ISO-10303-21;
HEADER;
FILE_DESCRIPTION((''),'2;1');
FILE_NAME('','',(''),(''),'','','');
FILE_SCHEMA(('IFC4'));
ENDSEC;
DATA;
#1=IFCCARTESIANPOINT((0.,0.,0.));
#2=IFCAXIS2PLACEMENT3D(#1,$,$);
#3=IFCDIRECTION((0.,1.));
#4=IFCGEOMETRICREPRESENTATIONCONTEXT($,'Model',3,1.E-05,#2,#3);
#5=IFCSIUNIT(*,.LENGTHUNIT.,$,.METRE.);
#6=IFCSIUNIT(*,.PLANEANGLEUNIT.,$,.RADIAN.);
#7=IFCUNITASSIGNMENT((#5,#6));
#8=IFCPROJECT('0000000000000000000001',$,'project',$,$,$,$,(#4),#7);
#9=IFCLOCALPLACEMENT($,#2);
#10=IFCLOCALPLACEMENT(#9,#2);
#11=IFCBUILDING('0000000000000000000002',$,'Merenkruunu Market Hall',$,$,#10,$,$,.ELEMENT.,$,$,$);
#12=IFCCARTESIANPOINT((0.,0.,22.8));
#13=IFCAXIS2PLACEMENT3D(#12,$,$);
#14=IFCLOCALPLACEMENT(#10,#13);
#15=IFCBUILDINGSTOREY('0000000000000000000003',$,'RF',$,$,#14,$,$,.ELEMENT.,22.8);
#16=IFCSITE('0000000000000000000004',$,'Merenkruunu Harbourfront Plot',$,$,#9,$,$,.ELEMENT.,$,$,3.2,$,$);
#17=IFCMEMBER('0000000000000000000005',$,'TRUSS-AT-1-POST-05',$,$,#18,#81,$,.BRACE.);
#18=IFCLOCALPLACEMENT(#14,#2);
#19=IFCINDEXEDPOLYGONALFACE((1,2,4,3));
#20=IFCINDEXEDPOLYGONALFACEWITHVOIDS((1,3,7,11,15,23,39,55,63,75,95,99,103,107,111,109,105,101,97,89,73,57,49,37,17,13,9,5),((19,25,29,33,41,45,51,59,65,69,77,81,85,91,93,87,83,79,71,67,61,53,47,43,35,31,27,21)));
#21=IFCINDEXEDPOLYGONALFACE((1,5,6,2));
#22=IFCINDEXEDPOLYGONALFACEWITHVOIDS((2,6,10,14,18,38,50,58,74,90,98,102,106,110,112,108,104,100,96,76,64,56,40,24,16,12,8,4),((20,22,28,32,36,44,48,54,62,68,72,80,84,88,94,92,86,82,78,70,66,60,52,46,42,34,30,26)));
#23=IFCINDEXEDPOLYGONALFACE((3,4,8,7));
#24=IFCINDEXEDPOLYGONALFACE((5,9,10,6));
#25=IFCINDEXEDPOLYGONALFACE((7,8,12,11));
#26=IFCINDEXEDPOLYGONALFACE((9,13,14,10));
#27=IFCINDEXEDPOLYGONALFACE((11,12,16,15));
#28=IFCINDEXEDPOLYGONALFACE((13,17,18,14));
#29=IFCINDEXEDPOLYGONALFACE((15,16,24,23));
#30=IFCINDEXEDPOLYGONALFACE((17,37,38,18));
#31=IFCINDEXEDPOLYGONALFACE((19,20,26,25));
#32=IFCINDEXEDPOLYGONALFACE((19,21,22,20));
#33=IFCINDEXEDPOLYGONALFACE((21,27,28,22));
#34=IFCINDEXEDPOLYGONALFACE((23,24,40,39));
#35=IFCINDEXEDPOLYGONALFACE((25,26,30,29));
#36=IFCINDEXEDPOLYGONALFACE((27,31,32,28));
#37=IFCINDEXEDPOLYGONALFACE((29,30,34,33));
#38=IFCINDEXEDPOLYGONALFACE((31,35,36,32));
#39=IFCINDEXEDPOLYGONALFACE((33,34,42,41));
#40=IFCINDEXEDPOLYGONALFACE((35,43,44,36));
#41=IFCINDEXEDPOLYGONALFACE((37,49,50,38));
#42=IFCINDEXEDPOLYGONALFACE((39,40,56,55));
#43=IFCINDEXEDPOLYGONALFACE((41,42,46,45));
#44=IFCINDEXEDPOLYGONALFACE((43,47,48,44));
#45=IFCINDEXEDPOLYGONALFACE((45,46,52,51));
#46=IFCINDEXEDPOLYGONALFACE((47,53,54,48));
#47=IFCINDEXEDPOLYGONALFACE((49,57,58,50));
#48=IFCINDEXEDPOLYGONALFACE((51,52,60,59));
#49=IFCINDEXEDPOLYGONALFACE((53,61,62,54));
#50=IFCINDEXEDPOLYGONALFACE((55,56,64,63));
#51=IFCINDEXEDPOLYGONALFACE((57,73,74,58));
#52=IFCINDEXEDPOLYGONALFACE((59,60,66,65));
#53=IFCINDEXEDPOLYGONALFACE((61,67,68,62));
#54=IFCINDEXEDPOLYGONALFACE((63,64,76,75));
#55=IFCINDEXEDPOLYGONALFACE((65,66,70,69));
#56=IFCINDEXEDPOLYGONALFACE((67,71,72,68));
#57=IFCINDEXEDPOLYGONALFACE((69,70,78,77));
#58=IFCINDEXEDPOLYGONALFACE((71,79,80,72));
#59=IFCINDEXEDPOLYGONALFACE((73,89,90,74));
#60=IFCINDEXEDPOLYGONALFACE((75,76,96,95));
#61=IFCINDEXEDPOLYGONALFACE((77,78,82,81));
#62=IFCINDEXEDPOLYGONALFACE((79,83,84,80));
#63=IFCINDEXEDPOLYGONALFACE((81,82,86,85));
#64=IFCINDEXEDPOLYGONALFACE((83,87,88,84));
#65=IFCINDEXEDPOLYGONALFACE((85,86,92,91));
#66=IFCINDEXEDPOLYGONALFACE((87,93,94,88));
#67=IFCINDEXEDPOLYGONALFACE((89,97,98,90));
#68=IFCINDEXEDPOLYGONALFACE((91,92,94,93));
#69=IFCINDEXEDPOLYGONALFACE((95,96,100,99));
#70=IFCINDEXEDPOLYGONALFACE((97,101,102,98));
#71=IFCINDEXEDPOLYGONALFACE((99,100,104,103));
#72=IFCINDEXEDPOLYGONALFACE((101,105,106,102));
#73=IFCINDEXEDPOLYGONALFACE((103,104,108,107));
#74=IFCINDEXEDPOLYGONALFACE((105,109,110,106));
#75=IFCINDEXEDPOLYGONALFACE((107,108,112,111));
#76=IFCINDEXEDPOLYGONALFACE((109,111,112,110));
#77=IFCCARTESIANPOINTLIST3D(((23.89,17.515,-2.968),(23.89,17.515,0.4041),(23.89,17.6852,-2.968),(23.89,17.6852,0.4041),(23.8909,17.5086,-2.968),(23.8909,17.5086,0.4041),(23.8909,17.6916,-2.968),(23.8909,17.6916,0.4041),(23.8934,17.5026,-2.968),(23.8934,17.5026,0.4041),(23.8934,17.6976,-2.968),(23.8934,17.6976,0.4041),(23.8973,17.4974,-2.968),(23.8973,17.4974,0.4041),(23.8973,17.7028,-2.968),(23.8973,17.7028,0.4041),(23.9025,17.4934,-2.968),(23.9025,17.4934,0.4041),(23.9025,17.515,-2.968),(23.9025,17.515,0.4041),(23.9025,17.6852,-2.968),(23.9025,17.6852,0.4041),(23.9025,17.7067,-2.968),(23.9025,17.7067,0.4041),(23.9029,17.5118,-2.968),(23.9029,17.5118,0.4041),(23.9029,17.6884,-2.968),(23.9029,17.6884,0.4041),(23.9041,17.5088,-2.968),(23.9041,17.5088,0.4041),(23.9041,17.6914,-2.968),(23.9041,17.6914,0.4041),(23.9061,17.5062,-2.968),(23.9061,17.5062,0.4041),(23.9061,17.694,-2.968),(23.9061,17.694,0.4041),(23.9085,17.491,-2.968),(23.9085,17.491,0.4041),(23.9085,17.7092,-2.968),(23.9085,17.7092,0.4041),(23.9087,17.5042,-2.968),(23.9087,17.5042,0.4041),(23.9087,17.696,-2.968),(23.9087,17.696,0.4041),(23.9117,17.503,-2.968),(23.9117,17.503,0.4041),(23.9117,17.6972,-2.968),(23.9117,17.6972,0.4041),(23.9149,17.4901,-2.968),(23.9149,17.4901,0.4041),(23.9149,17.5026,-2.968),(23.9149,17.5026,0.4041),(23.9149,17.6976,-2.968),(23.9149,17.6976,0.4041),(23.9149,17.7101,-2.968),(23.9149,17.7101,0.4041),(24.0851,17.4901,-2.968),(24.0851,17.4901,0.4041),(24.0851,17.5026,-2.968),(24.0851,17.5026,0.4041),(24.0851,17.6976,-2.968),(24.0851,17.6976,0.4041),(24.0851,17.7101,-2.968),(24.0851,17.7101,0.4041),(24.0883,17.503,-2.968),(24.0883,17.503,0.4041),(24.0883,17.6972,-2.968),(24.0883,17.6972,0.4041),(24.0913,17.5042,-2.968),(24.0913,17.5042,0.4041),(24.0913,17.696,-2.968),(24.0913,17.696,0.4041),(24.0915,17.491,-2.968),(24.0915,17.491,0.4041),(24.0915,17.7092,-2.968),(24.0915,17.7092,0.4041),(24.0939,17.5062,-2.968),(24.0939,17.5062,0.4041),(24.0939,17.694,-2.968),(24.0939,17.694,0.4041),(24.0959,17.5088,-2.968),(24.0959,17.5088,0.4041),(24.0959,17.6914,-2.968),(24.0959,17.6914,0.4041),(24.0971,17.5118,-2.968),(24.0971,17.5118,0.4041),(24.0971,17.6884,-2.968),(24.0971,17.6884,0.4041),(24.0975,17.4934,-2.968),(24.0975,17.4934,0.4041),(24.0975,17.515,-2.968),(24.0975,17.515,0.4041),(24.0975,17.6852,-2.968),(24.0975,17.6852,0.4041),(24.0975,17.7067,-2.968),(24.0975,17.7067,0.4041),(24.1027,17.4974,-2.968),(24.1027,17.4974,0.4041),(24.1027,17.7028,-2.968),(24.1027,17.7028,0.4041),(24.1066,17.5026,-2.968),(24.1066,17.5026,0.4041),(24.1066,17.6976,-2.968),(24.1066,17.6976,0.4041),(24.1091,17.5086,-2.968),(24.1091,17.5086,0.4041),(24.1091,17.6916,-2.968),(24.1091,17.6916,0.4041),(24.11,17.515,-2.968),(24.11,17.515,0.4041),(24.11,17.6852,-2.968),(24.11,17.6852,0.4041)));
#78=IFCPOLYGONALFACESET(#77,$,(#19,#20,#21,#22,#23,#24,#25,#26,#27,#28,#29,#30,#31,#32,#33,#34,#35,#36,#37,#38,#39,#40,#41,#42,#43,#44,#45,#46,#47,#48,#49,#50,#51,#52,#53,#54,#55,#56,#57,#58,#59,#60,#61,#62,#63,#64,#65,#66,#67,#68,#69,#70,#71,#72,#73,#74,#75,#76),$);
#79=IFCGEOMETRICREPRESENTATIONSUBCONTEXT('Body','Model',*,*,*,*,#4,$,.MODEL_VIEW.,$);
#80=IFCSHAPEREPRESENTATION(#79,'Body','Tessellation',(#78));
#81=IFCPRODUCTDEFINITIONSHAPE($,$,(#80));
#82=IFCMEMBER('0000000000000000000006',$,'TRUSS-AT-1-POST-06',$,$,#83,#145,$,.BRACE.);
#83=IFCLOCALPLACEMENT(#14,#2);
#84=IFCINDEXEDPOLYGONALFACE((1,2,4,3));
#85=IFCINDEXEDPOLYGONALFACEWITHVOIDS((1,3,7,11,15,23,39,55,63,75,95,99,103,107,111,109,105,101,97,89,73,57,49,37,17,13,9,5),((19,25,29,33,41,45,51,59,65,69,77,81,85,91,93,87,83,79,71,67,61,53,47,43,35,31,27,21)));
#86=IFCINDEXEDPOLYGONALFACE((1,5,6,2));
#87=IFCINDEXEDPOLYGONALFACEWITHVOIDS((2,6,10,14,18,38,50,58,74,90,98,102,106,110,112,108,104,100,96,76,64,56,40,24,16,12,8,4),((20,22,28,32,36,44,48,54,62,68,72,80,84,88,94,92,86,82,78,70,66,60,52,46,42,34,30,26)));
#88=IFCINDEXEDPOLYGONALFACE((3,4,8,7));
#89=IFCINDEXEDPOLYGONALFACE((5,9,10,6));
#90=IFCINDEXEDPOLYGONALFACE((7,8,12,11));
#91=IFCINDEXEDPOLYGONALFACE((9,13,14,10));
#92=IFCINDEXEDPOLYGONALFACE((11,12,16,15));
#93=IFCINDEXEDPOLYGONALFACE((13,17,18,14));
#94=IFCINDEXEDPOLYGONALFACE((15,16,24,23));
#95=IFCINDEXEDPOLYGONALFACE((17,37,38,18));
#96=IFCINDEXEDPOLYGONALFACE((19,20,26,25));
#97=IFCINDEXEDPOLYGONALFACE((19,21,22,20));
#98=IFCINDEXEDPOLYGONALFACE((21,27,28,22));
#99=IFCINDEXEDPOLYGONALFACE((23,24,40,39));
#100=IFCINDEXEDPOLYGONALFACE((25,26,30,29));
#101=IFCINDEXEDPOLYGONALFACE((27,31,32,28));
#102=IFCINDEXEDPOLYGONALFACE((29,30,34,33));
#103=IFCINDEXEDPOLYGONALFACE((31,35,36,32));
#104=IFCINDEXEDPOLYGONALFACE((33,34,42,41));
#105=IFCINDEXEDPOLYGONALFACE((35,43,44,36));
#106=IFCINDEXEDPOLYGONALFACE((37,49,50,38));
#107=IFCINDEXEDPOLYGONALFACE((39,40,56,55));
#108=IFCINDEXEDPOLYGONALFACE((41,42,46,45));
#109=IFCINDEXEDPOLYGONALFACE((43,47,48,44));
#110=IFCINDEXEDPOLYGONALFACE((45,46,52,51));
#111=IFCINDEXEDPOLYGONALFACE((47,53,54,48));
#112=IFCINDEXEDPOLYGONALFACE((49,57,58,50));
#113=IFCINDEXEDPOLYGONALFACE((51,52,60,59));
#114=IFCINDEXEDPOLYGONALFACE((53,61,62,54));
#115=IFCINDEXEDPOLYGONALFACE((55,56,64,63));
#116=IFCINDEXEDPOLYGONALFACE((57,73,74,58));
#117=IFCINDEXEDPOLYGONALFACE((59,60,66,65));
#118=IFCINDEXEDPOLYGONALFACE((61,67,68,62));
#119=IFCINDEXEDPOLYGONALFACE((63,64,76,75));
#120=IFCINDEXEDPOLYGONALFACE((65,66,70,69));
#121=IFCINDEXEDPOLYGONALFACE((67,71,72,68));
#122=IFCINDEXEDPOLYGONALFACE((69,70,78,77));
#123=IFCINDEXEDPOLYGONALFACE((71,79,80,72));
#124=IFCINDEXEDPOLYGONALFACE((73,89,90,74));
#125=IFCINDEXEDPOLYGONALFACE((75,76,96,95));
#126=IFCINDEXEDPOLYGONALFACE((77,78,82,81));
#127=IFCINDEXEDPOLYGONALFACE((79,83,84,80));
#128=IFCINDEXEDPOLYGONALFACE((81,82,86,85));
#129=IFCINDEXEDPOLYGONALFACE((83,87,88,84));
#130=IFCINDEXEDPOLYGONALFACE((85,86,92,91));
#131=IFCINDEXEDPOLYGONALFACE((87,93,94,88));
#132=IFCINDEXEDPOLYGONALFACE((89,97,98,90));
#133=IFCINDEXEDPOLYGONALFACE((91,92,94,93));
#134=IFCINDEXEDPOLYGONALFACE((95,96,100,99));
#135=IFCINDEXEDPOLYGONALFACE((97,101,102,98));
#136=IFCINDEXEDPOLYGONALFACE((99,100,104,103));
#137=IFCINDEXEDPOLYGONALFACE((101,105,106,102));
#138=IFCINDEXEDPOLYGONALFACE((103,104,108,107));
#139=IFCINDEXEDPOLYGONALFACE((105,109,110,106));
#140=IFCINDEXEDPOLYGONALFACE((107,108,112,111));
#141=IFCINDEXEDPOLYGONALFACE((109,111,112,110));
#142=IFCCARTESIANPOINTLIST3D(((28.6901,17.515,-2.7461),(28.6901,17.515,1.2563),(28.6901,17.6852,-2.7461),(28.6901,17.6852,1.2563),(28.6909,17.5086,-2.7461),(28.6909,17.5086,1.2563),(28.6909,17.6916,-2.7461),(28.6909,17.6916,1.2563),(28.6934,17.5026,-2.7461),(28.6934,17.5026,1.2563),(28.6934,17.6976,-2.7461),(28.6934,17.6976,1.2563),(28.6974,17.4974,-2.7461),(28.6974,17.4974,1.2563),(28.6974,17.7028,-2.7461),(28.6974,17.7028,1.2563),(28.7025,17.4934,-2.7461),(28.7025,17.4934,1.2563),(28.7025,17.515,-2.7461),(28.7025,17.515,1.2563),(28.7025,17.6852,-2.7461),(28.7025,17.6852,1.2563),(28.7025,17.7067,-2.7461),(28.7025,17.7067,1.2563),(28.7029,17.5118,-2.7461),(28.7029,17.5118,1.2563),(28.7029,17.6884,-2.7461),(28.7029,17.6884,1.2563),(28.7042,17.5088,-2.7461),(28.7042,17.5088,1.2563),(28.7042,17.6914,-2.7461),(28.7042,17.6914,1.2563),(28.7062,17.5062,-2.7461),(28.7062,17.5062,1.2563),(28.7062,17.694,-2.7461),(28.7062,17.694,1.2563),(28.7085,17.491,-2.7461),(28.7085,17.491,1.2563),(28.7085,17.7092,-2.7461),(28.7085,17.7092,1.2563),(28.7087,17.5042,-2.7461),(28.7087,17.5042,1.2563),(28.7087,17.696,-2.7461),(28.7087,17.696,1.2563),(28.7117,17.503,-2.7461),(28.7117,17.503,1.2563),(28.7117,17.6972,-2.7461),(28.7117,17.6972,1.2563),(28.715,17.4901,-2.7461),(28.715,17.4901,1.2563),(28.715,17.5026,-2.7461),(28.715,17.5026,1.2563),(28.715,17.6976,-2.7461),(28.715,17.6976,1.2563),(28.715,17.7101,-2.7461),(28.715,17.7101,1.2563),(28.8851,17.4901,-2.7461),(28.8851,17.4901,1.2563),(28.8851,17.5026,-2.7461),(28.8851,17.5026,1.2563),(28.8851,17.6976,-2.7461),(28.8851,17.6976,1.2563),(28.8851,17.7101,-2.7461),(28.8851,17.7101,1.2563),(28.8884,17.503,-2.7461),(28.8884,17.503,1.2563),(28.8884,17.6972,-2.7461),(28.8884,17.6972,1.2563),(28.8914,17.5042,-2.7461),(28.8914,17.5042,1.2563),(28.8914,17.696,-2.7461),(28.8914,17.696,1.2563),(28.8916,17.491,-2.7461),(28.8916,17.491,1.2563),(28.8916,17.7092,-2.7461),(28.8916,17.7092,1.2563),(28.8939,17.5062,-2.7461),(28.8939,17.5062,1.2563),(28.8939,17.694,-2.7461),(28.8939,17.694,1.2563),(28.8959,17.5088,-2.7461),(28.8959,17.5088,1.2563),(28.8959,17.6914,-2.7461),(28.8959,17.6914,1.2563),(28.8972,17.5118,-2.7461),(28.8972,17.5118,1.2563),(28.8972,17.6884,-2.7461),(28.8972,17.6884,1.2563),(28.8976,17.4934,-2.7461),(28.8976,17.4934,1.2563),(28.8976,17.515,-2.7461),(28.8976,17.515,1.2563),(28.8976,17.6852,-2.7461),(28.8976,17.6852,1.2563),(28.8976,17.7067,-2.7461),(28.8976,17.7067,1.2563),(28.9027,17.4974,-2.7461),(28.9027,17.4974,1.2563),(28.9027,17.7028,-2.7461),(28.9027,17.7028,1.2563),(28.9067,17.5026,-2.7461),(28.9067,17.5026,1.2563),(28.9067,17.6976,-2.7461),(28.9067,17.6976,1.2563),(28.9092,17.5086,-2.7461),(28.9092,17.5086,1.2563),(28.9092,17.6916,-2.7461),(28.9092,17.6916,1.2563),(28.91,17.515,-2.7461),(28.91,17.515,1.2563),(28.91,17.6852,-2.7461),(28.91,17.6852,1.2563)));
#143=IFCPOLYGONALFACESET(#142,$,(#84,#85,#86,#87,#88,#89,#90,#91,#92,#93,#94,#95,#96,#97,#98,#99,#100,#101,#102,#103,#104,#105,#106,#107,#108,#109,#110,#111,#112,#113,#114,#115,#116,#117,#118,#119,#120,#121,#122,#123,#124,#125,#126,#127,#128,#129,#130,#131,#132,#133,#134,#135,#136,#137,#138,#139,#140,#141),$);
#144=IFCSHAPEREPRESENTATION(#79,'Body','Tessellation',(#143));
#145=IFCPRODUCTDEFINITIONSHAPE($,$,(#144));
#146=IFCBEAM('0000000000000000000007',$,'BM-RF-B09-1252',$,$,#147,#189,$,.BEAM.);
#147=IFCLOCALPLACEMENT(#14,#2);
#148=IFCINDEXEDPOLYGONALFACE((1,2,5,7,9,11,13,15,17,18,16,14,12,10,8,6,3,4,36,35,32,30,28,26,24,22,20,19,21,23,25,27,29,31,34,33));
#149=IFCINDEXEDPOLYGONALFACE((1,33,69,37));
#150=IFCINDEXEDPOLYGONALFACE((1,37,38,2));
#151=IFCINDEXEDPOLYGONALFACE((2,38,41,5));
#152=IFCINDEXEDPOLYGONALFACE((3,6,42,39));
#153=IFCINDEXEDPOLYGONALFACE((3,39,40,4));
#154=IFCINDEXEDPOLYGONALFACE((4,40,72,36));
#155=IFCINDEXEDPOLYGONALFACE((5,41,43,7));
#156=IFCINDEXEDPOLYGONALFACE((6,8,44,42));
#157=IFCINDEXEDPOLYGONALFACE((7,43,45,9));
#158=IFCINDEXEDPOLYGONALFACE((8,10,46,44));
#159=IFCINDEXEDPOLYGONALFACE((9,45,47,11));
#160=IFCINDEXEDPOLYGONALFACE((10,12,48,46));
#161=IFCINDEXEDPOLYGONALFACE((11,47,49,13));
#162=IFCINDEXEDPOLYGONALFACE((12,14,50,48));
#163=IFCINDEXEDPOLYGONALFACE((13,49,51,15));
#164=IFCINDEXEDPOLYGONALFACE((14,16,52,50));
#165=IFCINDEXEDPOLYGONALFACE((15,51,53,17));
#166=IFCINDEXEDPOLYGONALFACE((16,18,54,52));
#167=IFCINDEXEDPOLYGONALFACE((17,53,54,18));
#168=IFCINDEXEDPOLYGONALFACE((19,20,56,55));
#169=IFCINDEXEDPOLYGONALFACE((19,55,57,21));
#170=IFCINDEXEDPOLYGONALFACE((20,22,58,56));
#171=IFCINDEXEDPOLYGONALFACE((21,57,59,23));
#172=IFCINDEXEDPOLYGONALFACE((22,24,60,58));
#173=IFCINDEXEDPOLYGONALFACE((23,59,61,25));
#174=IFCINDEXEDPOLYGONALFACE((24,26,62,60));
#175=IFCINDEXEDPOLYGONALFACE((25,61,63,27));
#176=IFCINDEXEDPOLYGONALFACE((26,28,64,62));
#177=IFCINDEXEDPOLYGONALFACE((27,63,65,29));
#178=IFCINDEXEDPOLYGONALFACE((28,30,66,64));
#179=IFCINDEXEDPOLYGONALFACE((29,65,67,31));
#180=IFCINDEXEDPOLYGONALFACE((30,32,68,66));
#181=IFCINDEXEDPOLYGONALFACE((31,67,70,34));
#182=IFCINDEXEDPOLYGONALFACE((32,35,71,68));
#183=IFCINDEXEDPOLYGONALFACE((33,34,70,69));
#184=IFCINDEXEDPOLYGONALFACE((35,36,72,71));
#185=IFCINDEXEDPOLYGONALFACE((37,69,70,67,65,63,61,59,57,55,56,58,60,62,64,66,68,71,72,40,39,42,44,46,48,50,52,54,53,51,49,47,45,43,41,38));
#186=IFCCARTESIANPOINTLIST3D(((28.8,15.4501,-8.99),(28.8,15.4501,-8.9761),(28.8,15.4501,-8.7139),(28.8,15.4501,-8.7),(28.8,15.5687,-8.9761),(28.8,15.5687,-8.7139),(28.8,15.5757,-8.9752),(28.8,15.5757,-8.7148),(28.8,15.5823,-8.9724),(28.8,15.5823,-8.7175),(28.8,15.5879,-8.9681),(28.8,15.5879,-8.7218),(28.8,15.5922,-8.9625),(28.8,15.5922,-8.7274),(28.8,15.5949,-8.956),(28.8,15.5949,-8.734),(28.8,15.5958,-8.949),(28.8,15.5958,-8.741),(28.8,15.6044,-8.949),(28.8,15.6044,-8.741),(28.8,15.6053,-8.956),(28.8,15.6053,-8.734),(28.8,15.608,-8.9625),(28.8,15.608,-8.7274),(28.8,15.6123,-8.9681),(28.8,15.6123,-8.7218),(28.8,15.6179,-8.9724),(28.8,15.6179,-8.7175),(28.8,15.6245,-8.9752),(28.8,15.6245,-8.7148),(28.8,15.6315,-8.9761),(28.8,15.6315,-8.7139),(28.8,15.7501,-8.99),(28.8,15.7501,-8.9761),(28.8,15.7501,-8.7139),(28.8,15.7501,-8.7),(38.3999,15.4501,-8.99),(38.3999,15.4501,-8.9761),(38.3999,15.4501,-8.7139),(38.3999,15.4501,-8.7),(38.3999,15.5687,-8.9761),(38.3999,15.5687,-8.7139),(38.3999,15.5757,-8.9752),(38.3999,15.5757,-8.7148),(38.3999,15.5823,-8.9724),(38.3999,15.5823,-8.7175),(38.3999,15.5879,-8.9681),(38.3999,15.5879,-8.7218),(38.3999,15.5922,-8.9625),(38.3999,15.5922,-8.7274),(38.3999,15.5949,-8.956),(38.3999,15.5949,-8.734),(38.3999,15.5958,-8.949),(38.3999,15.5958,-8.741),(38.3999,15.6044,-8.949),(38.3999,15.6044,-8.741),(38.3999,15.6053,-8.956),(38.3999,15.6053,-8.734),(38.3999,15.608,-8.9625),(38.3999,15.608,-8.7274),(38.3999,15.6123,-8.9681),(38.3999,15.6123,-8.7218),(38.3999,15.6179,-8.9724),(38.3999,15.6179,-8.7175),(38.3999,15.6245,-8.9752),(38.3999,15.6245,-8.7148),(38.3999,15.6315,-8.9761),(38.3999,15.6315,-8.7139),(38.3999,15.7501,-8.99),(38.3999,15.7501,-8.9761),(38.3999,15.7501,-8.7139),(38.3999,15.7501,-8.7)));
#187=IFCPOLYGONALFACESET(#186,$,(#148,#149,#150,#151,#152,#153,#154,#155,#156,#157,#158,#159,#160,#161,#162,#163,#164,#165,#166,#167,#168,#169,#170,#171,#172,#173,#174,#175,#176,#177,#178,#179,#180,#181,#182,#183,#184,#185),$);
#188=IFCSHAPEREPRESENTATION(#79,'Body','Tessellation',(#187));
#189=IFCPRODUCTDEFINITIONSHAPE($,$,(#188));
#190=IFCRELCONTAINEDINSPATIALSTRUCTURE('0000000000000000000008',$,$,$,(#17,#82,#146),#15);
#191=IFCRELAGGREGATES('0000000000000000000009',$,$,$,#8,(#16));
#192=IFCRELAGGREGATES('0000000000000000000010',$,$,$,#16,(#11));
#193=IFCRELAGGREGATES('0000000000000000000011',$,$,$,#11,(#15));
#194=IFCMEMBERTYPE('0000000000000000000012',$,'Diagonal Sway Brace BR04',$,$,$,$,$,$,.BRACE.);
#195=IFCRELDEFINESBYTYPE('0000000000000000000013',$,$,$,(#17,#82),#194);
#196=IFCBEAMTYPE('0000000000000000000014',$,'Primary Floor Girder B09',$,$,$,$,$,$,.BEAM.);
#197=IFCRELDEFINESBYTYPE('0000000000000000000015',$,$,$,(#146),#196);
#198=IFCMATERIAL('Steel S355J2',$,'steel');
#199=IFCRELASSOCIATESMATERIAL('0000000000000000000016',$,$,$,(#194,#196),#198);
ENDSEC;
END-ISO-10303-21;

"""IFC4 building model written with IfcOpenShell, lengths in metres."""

from ifc_helpers import new_model, si_unit, direction, frame, origin, origin_2d, place, context, subcontext, project, spatial, hollow_rectangle, i_section, extrude, material, material_profile, profile_set, type_object, element, save


model = new_model("IFC4")

# Units and contexts
model_context = context("Model", 3, precision=1e-05, world=origin(), true_north=direction((0.0, 1.0)))
body_context = subcontext(model_context, "Body", "Model", "MODEL_VIEW")
ifc_project = project(units=[si_unit("LENGTHUNIT", "METRE"), si_unit("PLANEANGLEUNIT", "RADIAN")], contexts=[model_context])

# Site, building, storey
site_placement = place(None, origin())
site = spatial("IfcSite", under=ifc_project, at=site_placement, Name="Merenkruunu Harbourfront Plot", CompositionType="ELEMENT", RefElevation=3.2)
building_placement = place(site_placement, origin())
building = spatial("IfcBuilding", under=site, at=building_placement, Name="Merenkruunu Market Hall", CompositionType="ELEMENT")
storey_placement = place(building_placement, frame((0.0, 0.0, 22.8)))
storey = spatial("IfcBuildingStorey", under=building, at=storey_placement, Name="RF", CompositionType="ELEMENT", Elevation=22.8)

# Members
ifc_material_1 = material(Name="Steel S355J2", Category="steel")
ifc_material_profile_1 = material_profile(ifc_material_1, hollow_rectangle(XDim=0.22, YDim=0.22, WallThickness=0.0125, InnerFilletRadius=0.0125, OuterFilletRadius=0.0249, at=origin_2d()), Name="SHS 220x220x12.5")
ifc_profile_set_1 = profile_set([ifc_material_profile_1], Name="Steel S355J2")
member_type_1 = type_object("IfcMemberType", Name="Diagonal Sway Brace BR04", PredefinedType="BRACE", material=ifc_profile_set_1)
member_1_placement = place(storey_placement, frame((24.0, 17.6001, -2.968), z_axis=(0.0, 0.0, 1.0), x_axis=(1.0, 0.0, 0.0)))
element("IfcMember", 1, at=member_1_placement, inside=storey, type_object=member_type_1, Name="TRUSS-AT-1-POST-05", PredefinedType="BRACE", context=body_context, shape_type="SweptSolid", body=[
    extrude(hollow_rectangle(XDim=0.22, YDim=0.22, WallThickness=0.0125, InnerFilletRadius=0.0125, OuterFilletRadius=0.0249, at=origin_2d()), origin(), (0.0, 0.0, 1.0), 3.3721),
])
member_2_placement = place(storey_placement, frame((28.8, 17.6001, -2.7461), z_axis=(0.0, 0.0, 1.0), x_axis=(1.0, 0.0, 0.0)))
element("IfcMember", 2, at=member_2_placement, inside=storey, type_object=member_type_1, Name="TRUSS-AT-1-POST-06", PredefinedType="BRACE", context=body_context, shape_type="SweptSolid", body=[
    extrude(hollow_rectangle(XDim=0.22, YDim=0.22, WallThickness=0.0125, InnerFilletRadius=0.0125, OuterFilletRadius=0.0249, at=origin_2d()), origin(), (0.0, 0.0, 1.0), 4.0024),
])

# Beam
ifc_material_profile_2 = material_profile(ifc_material_1, i_section(OverallWidth=0.3, OverallDepth=0.29, WebThickness=0.0085, FlangeThickness=0.0139, FilletRadius=0.0271, at=origin_2d()), Name="HEA 300")
ifc_profile_set_2 = profile_set([ifc_material_profile_2], Name="Steel S355J2")
beam_type = type_object("IfcBeamType", Name="Primary Floor Girder B09", PredefinedType="BEAM", material=ifc_profile_set_2)
beam_placement = place(storey_placement, frame((28.8, 15.6001, -8.845), z_axis=(1.0, 0.0, 0.0), x_axis=(0.0, 1.0, 0.0)))
element("IfcBeam", 3, at=beam_placement, inside=storey, type_object=beam_type, Name="BM-RF-B09-1252", PredefinedType="BEAM", context=body_context, shape_type="SweptSolid", body=[
    extrude(i_section(OverallWidth=0.3, OverallDepth=0.29, WebThickness=0.0085, FlangeThickness=0.0139, FilletRadius=0.0271, at=origin_2d()), origin(), (0.0, 0.0, 1.0), 9.5999),
])

save(model, "model.ifc")
